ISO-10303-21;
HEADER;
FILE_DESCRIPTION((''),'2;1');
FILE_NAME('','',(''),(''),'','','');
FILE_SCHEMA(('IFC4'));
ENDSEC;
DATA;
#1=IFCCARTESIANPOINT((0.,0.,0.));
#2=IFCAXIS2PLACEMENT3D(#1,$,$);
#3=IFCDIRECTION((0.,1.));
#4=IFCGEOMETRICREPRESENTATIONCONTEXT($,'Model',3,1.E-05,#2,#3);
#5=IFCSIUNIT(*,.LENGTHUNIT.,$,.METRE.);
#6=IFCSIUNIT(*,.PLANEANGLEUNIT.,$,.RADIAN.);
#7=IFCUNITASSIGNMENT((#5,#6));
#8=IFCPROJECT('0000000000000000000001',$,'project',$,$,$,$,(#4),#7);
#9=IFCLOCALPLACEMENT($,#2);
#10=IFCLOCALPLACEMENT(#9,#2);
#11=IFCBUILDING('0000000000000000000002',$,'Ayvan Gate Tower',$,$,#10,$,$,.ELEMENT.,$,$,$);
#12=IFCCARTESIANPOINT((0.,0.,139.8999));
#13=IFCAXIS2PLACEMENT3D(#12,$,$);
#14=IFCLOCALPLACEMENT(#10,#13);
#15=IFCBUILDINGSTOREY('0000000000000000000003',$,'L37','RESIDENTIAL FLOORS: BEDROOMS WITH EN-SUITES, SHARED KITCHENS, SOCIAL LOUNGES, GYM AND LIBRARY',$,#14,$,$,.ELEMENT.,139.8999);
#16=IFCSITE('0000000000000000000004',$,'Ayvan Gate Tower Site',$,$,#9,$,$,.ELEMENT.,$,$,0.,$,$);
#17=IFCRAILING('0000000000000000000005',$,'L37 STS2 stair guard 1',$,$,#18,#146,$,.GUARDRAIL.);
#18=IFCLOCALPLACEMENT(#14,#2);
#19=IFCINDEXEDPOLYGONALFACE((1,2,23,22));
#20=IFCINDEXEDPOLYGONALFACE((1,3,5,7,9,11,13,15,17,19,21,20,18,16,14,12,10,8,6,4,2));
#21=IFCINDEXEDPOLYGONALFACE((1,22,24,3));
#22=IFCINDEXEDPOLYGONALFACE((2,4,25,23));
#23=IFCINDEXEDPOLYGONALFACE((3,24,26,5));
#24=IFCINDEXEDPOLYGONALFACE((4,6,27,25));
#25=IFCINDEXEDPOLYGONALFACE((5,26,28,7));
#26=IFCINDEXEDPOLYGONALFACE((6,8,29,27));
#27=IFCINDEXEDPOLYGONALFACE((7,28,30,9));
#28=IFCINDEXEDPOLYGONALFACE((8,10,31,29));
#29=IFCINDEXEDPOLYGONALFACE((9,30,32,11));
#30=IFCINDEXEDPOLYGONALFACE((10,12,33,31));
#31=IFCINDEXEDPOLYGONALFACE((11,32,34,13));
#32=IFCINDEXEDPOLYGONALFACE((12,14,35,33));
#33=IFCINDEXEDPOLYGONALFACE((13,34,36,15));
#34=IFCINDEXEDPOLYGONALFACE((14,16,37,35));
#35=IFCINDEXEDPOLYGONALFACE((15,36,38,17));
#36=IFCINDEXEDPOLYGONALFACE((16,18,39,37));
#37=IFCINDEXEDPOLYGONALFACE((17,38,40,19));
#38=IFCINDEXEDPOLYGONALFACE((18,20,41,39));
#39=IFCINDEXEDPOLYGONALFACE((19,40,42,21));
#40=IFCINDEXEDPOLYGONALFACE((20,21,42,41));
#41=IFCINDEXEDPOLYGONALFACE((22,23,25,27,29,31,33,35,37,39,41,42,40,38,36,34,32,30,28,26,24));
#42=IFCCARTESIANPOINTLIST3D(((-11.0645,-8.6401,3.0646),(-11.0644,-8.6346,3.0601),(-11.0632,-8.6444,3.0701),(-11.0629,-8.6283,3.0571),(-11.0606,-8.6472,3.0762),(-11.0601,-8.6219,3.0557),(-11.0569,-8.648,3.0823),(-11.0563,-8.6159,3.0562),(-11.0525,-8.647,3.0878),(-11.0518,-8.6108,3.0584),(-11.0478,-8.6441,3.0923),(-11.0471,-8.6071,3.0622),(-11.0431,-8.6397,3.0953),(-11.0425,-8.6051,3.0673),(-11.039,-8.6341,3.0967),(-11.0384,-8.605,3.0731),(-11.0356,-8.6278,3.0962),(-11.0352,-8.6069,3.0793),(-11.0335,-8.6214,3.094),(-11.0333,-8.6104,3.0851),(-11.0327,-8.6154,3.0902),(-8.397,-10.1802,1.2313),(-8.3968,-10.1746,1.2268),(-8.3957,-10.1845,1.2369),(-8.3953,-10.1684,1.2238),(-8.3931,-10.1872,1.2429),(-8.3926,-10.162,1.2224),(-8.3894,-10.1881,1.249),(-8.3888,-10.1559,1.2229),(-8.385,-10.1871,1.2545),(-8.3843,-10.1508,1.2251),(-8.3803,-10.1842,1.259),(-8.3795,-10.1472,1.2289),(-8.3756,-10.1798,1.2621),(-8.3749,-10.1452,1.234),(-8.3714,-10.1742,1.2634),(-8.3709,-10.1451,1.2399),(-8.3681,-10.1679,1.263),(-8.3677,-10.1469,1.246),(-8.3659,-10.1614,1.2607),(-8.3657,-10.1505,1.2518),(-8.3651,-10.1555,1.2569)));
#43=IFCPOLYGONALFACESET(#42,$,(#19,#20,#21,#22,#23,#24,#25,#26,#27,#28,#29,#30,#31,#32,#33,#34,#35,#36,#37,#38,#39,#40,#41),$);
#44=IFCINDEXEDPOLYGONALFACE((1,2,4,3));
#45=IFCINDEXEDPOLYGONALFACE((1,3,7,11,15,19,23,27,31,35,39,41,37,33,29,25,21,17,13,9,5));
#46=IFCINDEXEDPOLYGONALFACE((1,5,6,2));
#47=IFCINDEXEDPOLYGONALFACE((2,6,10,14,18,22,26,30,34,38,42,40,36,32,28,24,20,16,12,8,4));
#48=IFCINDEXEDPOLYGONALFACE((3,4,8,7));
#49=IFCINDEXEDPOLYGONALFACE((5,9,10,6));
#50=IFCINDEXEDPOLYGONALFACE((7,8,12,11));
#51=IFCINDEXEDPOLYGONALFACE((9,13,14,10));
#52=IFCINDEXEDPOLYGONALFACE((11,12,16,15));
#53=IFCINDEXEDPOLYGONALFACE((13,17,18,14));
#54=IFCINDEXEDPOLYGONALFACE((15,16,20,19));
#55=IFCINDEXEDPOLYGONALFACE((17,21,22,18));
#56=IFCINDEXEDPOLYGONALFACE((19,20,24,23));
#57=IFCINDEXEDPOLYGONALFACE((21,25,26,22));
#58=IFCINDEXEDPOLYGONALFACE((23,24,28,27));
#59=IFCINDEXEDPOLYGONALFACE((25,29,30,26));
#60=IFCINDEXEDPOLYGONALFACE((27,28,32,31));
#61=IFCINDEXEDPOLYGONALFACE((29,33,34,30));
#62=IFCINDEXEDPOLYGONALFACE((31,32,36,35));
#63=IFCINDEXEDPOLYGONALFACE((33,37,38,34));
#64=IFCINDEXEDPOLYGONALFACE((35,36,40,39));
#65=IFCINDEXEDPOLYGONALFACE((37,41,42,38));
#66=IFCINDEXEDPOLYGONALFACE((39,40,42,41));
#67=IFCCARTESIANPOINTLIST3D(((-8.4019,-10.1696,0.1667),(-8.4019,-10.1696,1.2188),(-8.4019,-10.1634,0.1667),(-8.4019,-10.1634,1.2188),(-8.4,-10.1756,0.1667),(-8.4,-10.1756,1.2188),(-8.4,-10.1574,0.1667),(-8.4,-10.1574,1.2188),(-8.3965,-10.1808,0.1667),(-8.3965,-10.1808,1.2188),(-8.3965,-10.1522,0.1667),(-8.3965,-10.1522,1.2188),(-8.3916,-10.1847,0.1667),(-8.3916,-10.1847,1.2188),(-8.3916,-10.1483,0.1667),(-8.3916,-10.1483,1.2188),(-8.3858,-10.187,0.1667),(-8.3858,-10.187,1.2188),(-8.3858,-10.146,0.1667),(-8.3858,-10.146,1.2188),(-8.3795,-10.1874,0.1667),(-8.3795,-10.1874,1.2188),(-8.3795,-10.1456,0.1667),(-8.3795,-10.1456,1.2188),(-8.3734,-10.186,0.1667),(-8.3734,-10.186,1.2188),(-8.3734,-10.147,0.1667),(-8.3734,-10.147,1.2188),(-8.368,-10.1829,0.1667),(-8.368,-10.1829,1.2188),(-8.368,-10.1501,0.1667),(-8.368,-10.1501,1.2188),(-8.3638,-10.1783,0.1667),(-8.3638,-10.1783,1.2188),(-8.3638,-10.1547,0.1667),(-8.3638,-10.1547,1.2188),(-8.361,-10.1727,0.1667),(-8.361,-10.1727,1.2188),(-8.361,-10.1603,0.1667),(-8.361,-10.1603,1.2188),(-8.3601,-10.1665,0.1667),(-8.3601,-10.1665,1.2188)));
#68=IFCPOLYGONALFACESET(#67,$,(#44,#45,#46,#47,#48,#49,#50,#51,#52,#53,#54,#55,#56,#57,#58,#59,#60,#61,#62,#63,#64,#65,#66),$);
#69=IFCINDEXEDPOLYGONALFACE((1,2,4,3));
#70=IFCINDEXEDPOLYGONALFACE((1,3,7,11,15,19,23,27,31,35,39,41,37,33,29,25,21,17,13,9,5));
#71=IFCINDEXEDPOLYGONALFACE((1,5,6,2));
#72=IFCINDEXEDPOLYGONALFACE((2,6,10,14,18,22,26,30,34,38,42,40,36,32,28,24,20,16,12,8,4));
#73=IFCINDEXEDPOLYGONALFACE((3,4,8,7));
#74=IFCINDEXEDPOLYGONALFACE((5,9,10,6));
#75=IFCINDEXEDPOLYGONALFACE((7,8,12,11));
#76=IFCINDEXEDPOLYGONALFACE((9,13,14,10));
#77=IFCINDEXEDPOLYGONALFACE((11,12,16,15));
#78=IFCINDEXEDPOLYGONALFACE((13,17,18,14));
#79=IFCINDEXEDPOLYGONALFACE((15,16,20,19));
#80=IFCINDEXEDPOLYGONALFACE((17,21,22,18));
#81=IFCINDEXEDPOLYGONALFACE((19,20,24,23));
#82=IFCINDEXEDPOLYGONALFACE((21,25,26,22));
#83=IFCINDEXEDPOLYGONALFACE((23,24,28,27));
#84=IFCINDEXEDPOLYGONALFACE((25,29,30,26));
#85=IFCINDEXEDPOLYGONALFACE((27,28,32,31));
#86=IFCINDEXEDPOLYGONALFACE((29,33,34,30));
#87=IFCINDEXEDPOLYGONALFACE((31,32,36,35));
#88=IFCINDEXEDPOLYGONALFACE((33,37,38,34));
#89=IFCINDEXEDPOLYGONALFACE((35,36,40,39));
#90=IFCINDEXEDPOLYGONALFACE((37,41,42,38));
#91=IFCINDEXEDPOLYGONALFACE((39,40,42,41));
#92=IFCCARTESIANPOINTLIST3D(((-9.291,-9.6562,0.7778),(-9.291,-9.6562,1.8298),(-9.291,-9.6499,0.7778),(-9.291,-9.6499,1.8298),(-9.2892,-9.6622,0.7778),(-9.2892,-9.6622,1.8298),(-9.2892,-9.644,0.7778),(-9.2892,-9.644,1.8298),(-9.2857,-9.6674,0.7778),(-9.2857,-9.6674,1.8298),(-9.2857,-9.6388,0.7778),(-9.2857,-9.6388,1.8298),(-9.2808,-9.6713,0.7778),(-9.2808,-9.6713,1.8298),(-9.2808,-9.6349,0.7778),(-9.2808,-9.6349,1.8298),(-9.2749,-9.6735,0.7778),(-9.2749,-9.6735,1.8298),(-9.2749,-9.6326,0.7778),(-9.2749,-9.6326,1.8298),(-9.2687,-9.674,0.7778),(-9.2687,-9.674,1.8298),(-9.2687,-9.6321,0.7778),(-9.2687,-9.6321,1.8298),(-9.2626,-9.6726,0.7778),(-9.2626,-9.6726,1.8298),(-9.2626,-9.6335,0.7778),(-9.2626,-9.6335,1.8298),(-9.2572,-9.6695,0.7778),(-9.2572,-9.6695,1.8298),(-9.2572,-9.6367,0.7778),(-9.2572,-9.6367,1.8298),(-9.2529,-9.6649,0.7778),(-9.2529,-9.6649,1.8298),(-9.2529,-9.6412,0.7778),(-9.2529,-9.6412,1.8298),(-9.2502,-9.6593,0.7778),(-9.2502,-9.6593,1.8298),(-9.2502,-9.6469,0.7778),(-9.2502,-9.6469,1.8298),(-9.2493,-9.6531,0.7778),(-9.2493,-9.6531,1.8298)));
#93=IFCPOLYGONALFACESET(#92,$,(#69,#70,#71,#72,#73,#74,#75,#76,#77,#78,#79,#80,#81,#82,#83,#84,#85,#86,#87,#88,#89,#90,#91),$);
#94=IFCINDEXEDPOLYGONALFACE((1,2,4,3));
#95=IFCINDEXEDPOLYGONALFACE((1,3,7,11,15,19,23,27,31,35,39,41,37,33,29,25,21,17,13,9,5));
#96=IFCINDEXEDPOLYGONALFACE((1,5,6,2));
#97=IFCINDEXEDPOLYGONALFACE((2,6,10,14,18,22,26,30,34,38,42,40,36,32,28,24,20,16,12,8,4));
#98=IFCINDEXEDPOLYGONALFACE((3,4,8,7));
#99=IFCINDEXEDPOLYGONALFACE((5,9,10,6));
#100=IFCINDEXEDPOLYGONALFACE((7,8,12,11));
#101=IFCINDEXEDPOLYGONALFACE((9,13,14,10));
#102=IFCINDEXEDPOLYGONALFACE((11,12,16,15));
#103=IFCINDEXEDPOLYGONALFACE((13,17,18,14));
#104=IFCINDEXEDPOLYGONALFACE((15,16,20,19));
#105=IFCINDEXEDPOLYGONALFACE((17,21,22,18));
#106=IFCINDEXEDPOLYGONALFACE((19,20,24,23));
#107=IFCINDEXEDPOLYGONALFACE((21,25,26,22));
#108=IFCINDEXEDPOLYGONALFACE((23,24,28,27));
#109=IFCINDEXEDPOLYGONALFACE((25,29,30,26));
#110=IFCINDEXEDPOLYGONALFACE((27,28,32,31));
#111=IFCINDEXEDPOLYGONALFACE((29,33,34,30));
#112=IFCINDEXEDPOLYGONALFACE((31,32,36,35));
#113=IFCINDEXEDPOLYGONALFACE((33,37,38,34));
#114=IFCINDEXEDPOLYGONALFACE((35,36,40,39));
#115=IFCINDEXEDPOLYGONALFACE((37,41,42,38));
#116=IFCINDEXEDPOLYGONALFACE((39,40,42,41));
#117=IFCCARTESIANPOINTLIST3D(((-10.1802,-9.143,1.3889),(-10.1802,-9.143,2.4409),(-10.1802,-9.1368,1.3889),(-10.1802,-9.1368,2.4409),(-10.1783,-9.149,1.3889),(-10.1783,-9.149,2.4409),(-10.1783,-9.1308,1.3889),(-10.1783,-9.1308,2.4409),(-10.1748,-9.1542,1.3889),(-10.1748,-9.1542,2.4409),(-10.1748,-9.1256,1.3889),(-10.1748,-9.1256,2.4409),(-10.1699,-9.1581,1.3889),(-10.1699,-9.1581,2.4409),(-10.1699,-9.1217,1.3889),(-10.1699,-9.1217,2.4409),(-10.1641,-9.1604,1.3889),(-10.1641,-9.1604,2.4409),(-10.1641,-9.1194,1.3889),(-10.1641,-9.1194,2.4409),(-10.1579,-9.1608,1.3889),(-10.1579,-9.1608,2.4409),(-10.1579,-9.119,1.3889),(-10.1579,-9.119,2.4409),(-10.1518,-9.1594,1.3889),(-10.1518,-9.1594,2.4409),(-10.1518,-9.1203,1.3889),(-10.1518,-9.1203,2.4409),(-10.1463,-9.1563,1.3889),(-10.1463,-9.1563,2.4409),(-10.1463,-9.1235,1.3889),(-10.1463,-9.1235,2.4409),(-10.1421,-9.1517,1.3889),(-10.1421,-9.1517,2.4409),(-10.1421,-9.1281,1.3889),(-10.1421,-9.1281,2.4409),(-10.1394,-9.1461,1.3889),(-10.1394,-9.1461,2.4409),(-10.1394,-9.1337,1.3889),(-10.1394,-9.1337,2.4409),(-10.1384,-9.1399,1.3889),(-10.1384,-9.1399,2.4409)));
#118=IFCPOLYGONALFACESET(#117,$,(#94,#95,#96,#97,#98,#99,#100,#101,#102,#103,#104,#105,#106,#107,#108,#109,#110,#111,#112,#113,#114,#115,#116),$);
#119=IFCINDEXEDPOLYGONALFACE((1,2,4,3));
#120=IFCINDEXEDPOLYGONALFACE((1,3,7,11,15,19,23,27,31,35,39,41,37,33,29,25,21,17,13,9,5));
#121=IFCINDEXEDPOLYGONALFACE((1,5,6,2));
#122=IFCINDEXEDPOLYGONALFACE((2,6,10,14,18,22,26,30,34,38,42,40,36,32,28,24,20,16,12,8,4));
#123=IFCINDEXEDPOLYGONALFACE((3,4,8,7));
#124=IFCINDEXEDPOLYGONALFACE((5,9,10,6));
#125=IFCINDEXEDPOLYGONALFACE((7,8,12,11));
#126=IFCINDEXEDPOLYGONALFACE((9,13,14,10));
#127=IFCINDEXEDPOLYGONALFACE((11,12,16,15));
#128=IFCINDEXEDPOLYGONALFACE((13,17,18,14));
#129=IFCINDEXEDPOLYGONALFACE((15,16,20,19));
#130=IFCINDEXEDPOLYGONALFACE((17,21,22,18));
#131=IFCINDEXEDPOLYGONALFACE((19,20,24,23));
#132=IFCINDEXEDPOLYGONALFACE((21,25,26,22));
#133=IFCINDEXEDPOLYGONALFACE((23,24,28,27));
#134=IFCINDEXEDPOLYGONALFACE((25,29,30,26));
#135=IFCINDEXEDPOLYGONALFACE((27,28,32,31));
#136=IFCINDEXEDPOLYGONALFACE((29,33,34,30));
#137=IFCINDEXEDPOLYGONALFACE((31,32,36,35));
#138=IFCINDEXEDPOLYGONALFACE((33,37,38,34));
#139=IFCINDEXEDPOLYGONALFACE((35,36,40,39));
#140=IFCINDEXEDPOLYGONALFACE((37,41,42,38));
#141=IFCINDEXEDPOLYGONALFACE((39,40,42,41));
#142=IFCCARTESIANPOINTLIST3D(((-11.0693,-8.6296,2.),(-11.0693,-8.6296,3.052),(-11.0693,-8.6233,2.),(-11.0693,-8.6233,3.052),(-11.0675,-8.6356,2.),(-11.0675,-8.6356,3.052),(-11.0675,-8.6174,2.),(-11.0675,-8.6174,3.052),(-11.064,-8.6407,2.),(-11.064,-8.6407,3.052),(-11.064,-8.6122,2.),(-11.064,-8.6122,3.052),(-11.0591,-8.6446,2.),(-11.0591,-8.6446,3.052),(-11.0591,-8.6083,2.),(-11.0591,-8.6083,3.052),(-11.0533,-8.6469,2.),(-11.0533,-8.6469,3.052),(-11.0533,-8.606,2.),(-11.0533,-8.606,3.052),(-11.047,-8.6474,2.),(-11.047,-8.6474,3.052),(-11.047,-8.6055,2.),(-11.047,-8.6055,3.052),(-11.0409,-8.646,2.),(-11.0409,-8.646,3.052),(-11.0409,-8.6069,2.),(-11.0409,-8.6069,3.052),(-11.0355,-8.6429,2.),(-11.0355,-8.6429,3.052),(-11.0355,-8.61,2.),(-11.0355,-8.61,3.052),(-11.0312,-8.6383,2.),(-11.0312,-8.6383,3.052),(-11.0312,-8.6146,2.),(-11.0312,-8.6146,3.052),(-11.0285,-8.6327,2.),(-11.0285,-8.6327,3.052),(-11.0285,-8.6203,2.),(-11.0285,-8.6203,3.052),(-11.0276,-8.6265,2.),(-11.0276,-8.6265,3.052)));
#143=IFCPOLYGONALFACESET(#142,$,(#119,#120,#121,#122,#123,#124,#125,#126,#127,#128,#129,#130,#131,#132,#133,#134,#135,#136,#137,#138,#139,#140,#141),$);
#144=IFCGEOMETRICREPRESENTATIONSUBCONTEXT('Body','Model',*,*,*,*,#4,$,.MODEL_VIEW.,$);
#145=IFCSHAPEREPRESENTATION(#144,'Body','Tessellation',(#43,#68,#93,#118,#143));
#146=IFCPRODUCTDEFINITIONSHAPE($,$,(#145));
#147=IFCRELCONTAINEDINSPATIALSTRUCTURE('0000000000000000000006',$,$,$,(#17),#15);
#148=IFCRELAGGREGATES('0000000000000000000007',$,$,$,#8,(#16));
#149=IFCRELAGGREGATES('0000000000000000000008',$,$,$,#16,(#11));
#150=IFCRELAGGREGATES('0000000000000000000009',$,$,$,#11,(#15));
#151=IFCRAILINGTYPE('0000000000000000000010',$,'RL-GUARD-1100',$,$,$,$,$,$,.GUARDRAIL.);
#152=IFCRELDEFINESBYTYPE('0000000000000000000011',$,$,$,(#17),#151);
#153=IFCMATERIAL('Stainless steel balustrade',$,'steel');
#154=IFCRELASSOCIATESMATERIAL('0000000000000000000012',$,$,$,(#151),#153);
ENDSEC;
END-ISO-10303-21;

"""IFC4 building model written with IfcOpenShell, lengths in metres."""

from ifc_helpers import new_model, si_unit, direction, frame, origin, origin_2d, place, context, subcontext, project, spatial, circle, extrude, material, type_object, element, save


model = new_model("IFC4")

# Units and contexts
model_context = context("Model", 3, precision=1e-05, world=origin(), true_north=direction((0.0, 1.0)))
body_context = subcontext(model_context, "Body", "Model", "MODEL_VIEW")
ifc_project = project(units=[si_unit("LENGTHUNIT", "METRE"), si_unit("PLANEANGLEUNIT", "RADIAN")], contexts=[model_context])

# Site, building, storey
site_placement = place(None, origin())
site = spatial("IfcSite", under=ifc_project, at=site_placement, Name="Ayvan Gate Tower Site", CompositionType="ELEMENT", RefElevation=0.0)
building_placement = place(site_placement, origin())
building = spatial("IfcBuilding", under=site, at=building_placement, Name="Ayvan Gate Tower", CompositionType="ELEMENT")
storey_placement = place(building_placement, frame((0.0, 0.0, 139.8999)))
storey = spatial("IfcBuildingStorey", under=building, at=storey_placement, Name="L37", Description="RESIDENTIAL FLOORS: BEDROOMS WITH EN-SUITES, SHARED KITCHENS, SOCIAL LOUNGES, GYM AND LIBRARY", CompositionType="ELEMENT", Elevation=139.8999)

# Railing
ifc_material_1 = material(Name="Stainless steel balustrade", Category="steel")
railing_type_1 = type_object("IfcRailingType", Name="RL-GUARD-1100", PredefinedType="GUARDRAIL", material=ifc_material_1)
railing_1_placement = place(storey_placement, frame((-8.3811, -10.1665, 0.1667)))
element("IfcRailing", 1, at=railing_1_placement, inside=storey, type_object=railing_type_1, Name="L37 STS2 stair guard 1", PredefinedType="GUARDRAIL", context=body_context, shape_type="SweptSolid", body=[
    extrude(circle(Radius=0.0239, at=origin_2d()), frame((0.0, 0.0, 1.0762), z_axis=(-0.74419, 0.429649, 0.511452), x_axis=(-0.499992, -0.86603, 0.0)), (0.0, 0.0, 1.0), 3.5845),
    extrude(circle(Radius=0.021, at=origin_2d()), origin(), (0.0, 0.0, 1.0), 1.052),
    extrude(circle(Radius=0.021, at=origin_2d()), frame((-0.8892, 0.5134, 0.6111)), (0.0, 0.0, 1.0), 1.052),
    extrude(circle(Radius=0.021, at=origin_2d()), frame((-1.7783, 1.0266, 1.2222)), (0.0, 0.0, 1.0), 1.052),
    extrude(circle(Radius=0.021, at=origin_2d()), frame((-2.6675, 1.54, 1.8333)), (0.0, 0.0, 1.0), 1.052),
])

save(model, "model.ifc")
